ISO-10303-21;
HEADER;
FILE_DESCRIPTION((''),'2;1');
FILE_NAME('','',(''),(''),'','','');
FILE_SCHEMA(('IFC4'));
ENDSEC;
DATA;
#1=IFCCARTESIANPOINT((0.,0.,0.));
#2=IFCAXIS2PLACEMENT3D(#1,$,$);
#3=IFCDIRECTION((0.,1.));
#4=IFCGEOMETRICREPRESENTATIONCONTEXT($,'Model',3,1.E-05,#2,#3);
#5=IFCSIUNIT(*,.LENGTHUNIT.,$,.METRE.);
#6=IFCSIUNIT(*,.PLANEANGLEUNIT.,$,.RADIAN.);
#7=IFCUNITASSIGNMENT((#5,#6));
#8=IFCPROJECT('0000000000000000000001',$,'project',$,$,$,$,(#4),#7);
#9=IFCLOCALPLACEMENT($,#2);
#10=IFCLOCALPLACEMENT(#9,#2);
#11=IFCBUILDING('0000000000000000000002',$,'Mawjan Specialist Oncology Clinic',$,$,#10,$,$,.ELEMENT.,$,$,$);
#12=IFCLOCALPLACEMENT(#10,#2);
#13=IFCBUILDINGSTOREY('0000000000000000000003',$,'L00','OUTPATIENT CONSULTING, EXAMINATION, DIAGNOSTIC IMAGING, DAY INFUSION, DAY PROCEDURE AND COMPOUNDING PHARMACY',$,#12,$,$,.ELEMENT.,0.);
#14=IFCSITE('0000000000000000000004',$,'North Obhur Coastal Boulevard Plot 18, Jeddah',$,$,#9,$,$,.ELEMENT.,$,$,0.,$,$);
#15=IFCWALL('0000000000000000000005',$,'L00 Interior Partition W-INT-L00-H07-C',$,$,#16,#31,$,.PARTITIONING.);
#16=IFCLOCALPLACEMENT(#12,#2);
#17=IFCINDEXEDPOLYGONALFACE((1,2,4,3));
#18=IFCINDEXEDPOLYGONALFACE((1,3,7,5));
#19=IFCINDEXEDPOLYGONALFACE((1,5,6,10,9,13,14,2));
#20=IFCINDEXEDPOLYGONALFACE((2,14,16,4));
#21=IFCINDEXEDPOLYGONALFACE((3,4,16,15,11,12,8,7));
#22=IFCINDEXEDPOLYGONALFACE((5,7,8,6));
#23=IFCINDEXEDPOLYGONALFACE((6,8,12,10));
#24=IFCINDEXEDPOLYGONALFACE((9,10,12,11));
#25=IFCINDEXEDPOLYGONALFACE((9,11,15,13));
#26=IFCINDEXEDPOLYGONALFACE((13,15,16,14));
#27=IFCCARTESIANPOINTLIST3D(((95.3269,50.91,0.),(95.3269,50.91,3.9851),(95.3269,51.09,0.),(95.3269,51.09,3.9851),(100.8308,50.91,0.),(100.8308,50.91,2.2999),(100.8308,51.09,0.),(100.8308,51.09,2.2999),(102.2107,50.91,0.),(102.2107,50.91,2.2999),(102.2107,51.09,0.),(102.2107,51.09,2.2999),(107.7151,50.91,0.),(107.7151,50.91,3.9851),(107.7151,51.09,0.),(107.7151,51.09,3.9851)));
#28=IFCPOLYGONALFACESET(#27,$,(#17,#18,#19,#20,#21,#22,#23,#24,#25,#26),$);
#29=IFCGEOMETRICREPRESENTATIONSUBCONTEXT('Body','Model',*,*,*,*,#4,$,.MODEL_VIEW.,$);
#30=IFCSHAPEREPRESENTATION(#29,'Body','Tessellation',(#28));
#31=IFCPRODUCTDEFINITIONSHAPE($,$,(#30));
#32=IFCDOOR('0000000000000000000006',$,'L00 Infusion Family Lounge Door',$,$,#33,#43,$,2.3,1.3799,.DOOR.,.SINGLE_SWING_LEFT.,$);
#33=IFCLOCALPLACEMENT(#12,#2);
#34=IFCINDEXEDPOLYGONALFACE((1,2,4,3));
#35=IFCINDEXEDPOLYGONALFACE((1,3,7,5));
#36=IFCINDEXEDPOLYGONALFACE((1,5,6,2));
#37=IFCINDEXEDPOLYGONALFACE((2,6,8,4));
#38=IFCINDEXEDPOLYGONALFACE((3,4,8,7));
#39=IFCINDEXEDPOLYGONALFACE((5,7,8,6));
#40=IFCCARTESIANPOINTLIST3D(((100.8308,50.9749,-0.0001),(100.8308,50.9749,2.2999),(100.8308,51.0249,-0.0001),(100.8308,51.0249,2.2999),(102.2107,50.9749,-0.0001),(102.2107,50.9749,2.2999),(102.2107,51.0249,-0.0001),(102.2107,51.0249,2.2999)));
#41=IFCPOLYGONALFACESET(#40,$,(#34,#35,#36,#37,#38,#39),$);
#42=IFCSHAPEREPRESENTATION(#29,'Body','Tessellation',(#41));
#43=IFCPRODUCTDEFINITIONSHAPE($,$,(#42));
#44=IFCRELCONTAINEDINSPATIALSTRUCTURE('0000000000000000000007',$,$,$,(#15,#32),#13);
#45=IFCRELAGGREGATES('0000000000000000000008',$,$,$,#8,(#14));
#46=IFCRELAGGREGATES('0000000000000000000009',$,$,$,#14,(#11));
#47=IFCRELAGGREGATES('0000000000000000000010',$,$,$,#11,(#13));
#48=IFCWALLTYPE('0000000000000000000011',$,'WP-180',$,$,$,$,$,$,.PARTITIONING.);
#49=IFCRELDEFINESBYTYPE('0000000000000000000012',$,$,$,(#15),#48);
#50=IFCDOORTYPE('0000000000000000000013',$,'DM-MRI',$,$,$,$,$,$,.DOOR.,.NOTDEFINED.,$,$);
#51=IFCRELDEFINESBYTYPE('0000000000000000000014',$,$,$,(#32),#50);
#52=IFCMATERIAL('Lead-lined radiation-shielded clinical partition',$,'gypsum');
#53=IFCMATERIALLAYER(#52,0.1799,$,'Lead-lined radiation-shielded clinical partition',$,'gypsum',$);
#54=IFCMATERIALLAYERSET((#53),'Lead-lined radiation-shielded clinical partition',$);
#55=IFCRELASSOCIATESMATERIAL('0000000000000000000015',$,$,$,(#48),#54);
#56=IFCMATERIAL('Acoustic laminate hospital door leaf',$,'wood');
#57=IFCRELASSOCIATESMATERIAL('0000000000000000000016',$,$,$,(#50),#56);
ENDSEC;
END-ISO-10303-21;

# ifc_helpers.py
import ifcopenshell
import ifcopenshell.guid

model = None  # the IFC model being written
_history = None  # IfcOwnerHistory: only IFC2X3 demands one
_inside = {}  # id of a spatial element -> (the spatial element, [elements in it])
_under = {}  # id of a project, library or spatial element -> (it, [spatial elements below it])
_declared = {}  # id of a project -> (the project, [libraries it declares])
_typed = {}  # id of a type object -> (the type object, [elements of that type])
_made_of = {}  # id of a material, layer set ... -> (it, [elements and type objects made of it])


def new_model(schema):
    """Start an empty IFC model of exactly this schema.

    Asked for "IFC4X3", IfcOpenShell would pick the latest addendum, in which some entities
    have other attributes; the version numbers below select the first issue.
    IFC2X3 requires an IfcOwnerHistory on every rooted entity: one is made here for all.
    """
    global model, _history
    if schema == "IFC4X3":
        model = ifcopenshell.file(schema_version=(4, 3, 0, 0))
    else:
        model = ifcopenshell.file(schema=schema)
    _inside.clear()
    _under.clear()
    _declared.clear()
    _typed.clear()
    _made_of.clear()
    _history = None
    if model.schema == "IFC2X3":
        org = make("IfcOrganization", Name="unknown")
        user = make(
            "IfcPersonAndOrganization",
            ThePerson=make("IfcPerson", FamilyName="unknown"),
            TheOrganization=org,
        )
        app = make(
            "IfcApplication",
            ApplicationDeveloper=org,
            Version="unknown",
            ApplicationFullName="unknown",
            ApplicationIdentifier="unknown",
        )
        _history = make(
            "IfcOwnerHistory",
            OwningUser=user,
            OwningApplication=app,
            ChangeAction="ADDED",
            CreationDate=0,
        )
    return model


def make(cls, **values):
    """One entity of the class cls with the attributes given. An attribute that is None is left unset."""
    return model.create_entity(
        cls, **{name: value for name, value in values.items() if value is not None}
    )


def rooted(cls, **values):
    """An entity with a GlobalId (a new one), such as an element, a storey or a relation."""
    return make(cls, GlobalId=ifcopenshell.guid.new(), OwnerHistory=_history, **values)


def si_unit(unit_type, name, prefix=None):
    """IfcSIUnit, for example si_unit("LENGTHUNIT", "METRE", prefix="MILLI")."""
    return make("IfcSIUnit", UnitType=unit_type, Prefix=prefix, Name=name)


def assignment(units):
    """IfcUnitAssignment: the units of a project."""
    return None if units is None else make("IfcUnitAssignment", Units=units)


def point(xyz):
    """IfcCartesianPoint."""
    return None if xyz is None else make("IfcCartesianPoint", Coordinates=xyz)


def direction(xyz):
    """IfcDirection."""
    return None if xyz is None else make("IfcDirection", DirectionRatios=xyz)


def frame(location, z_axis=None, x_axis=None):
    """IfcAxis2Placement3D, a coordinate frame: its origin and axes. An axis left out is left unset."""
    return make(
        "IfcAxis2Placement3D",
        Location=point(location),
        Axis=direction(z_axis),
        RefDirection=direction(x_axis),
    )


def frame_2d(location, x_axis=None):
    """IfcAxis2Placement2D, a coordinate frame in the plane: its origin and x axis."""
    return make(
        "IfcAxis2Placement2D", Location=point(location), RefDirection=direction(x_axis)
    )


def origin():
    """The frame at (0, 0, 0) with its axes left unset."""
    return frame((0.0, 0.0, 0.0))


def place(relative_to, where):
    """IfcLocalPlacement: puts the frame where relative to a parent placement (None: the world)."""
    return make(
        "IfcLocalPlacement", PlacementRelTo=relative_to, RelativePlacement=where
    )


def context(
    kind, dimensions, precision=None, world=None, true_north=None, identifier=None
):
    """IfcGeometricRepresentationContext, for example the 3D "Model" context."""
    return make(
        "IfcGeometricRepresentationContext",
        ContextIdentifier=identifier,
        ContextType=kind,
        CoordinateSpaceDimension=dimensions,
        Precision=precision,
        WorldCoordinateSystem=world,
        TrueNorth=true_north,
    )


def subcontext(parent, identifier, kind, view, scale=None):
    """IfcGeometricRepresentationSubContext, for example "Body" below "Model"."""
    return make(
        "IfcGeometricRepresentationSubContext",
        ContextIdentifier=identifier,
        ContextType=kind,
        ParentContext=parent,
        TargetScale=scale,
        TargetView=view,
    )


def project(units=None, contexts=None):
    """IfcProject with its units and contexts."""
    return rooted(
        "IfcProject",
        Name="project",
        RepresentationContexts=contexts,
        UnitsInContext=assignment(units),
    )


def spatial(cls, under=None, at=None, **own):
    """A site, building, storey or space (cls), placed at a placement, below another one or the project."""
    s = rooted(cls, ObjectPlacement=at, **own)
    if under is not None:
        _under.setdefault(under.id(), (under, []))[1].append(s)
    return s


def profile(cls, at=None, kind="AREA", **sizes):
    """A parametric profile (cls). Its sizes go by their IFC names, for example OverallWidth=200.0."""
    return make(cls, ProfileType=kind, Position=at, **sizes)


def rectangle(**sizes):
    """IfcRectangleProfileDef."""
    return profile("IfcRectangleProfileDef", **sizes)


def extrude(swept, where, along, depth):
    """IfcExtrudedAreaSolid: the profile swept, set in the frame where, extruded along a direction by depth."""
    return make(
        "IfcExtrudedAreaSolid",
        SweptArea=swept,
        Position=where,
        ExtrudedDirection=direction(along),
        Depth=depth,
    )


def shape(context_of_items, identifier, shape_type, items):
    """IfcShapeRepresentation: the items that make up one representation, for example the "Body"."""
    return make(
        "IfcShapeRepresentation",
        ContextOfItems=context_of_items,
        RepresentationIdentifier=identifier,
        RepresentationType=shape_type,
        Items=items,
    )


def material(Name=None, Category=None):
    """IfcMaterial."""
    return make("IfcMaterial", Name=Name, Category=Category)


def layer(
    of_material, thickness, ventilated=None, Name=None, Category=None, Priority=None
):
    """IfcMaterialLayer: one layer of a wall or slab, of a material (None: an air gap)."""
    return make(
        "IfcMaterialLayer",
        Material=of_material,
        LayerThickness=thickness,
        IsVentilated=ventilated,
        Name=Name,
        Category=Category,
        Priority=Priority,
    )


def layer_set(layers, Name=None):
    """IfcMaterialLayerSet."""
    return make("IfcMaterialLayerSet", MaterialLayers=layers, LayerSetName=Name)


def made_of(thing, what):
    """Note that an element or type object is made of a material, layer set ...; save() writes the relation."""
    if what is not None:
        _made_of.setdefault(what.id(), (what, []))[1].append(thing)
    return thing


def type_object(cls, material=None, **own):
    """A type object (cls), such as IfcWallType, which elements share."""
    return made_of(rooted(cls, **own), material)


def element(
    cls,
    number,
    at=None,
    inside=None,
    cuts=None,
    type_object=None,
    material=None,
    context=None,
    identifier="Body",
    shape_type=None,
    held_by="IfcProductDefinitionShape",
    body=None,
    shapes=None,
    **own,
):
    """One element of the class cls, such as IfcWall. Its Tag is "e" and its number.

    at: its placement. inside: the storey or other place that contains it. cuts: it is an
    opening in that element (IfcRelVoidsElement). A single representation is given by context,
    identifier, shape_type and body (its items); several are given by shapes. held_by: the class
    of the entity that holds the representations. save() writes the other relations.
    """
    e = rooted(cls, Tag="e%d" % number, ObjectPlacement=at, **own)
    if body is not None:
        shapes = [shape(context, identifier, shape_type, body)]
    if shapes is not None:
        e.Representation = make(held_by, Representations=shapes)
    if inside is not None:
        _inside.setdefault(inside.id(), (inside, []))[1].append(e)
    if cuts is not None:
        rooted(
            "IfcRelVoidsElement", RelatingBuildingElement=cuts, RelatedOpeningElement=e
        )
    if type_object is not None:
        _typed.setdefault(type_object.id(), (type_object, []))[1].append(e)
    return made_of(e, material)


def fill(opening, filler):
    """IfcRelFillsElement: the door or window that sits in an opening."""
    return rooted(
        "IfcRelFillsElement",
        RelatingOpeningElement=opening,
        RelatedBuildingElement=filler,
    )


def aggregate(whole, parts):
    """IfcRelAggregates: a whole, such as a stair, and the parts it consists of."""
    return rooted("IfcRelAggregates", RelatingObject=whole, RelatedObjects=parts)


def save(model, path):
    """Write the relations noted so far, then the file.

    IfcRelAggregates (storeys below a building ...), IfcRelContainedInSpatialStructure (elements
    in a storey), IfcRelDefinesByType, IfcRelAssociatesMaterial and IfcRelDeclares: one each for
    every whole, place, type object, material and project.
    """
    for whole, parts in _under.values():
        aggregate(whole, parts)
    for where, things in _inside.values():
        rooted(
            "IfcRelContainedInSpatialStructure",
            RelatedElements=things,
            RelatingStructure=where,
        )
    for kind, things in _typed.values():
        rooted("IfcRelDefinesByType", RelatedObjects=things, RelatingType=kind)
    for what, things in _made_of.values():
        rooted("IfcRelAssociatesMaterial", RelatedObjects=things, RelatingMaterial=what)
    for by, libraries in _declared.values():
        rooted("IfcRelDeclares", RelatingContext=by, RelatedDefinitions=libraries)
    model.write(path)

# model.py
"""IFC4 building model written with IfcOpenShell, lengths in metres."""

from ifc_helpers import new_model, si_unit, direction, frame, frame_2d, origin, place, context, subcontext, project, spatial, rectangle, extrude, material, layer, layer_set, type_object, element, fill, save


model = new_model("IFC4")

# Units and contexts
model_context = context("Model", 3, precision=1e-05, world=origin(), true_north=direction((0.0, 1.0)))
body_context = subcontext(model_context, "Body", "Model", "MODEL_VIEW")
ifc_project = project(units=[si_unit("LENGTHUNIT", "METRE"), si_unit("PLANEANGLEUNIT", "RADIAN")], contexts=[model_context])

# Site, building, storey
site_placement = place(None, origin())
site = spatial("IfcSite", under=ifc_project, at=site_placement, Name="North Obhur Coastal Boulevard Plot 18, Jeddah", CompositionType="ELEMENT", RefElevation=0.0)
building_placement = place(site_placement, origin())
building = spatial("IfcBuilding", under=site, at=building_placement, Name="Mawjan Specialist Oncology Clinic", CompositionType="ELEMENT")
storey_placement = place(building_placement, origin())
storey = spatial("IfcBuildingStorey", under=building, at=storey_placement, Name="L00", Description="OUTPATIENT CONSULTING, EXAMINATION, DIAGNOSTIC IMAGING, DAY INFUSION, DAY PROCEDURE AND COMPOUNDING PHARMACY", CompositionType="ELEMENT", Elevation=0.0)

# Wall, opening, door
ifc_material_1 = material(Name="Lead-lined radiation-shielded clinical partition", Category="gypsum")
ifc_layer_1 = layer(ifc_material_1, 0.1799, Name="Lead-lined radiation-shielded clinical partition", Category="gypsum")
ifc_layer_set_1 = layer_set([ifc_layer_1], Name="Lead-lined radiation-shielded clinical partition")
wall_type_1 = type_object("IfcWallType", Name="WP-180", PredefinedType="PARTITIONING", material=ifc_layer_set_1)
wall_1_placement = place(storey_placement, frame((95.3269, 51.0, 0.0), z_axis=(0.0, 0.0, 1.0), x_axis=(1.0, 0.0, 0.0)))
wall_1 = element("IfcWall", 1, at=wall_1_placement, inside=storey, type_object=wall_type_1, Name="L00 Interior Partition W-INT-L00-H07-C", PredefinedType="PARTITIONING", context=body_context, shape_type="SweptSolid", body=[
    extrude(rectangle(XDim=12.3882, YDim=0.1799, at=frame_2d((6.1941, 0.0))), origin(), (0.0, 0.0, 1.0), 3.9851),
])
opening_placement = place(wall_1_placement, frame((5.5039, 0.0, 0.0)))
opening = element("IfcOpeningElement", 2, at=opening_placement, cuts=wall_1, PredefinedType="OPENING", context=body_context, shape_type="SweptSolid", body=[
    extrude(rectangle(XDim=1.3799, YDim=2.3, at=frame_2d((0.6899, 1.1499))), frame((0.0, 0.1021, 0.0), z_axis=(0.0, -1.0, 0.0), x_axis=(1.0, 0.0, 0.0)), (0.0, 0.0, 1.0), 0.2039),
])
ifc_material_2 = material(Name="Acoustic laminate hospital door leaf", Category="wood")
door_type = type_object("IfcDoorType", Name="DM-MRI", OperationType="NOTDEFINED", PredefinedType="DOOR", material=ifc_material_2)
door_placement = place(opening_placement, origin())
door = element("IfcDoor", 3, at=door_placement, inside=storey, type_object=door_type, Name="L00 Infusion Family Lounge Door", OperationType="SINGLE_SWING_LEFT", OverallHeight=2.3, OverallWidth=1.3799, PredefinedType="DOOR", context=body_context, shape_type="SweptSolid", body=[
    extrude(rectangle(XDim=1.3799, YDim=2.3, at=frame_2d((0.6899, 1.1499))), frame((0.0, 0.0249, 0.0), z_axis=(0.0, -1.0, 0.0), x_axis=(1.0, 0.0, 0.0)), (0.0, 0.0, 1.0), 0.05),
])
fill(opening, door)

save(model, "model.ifc")
